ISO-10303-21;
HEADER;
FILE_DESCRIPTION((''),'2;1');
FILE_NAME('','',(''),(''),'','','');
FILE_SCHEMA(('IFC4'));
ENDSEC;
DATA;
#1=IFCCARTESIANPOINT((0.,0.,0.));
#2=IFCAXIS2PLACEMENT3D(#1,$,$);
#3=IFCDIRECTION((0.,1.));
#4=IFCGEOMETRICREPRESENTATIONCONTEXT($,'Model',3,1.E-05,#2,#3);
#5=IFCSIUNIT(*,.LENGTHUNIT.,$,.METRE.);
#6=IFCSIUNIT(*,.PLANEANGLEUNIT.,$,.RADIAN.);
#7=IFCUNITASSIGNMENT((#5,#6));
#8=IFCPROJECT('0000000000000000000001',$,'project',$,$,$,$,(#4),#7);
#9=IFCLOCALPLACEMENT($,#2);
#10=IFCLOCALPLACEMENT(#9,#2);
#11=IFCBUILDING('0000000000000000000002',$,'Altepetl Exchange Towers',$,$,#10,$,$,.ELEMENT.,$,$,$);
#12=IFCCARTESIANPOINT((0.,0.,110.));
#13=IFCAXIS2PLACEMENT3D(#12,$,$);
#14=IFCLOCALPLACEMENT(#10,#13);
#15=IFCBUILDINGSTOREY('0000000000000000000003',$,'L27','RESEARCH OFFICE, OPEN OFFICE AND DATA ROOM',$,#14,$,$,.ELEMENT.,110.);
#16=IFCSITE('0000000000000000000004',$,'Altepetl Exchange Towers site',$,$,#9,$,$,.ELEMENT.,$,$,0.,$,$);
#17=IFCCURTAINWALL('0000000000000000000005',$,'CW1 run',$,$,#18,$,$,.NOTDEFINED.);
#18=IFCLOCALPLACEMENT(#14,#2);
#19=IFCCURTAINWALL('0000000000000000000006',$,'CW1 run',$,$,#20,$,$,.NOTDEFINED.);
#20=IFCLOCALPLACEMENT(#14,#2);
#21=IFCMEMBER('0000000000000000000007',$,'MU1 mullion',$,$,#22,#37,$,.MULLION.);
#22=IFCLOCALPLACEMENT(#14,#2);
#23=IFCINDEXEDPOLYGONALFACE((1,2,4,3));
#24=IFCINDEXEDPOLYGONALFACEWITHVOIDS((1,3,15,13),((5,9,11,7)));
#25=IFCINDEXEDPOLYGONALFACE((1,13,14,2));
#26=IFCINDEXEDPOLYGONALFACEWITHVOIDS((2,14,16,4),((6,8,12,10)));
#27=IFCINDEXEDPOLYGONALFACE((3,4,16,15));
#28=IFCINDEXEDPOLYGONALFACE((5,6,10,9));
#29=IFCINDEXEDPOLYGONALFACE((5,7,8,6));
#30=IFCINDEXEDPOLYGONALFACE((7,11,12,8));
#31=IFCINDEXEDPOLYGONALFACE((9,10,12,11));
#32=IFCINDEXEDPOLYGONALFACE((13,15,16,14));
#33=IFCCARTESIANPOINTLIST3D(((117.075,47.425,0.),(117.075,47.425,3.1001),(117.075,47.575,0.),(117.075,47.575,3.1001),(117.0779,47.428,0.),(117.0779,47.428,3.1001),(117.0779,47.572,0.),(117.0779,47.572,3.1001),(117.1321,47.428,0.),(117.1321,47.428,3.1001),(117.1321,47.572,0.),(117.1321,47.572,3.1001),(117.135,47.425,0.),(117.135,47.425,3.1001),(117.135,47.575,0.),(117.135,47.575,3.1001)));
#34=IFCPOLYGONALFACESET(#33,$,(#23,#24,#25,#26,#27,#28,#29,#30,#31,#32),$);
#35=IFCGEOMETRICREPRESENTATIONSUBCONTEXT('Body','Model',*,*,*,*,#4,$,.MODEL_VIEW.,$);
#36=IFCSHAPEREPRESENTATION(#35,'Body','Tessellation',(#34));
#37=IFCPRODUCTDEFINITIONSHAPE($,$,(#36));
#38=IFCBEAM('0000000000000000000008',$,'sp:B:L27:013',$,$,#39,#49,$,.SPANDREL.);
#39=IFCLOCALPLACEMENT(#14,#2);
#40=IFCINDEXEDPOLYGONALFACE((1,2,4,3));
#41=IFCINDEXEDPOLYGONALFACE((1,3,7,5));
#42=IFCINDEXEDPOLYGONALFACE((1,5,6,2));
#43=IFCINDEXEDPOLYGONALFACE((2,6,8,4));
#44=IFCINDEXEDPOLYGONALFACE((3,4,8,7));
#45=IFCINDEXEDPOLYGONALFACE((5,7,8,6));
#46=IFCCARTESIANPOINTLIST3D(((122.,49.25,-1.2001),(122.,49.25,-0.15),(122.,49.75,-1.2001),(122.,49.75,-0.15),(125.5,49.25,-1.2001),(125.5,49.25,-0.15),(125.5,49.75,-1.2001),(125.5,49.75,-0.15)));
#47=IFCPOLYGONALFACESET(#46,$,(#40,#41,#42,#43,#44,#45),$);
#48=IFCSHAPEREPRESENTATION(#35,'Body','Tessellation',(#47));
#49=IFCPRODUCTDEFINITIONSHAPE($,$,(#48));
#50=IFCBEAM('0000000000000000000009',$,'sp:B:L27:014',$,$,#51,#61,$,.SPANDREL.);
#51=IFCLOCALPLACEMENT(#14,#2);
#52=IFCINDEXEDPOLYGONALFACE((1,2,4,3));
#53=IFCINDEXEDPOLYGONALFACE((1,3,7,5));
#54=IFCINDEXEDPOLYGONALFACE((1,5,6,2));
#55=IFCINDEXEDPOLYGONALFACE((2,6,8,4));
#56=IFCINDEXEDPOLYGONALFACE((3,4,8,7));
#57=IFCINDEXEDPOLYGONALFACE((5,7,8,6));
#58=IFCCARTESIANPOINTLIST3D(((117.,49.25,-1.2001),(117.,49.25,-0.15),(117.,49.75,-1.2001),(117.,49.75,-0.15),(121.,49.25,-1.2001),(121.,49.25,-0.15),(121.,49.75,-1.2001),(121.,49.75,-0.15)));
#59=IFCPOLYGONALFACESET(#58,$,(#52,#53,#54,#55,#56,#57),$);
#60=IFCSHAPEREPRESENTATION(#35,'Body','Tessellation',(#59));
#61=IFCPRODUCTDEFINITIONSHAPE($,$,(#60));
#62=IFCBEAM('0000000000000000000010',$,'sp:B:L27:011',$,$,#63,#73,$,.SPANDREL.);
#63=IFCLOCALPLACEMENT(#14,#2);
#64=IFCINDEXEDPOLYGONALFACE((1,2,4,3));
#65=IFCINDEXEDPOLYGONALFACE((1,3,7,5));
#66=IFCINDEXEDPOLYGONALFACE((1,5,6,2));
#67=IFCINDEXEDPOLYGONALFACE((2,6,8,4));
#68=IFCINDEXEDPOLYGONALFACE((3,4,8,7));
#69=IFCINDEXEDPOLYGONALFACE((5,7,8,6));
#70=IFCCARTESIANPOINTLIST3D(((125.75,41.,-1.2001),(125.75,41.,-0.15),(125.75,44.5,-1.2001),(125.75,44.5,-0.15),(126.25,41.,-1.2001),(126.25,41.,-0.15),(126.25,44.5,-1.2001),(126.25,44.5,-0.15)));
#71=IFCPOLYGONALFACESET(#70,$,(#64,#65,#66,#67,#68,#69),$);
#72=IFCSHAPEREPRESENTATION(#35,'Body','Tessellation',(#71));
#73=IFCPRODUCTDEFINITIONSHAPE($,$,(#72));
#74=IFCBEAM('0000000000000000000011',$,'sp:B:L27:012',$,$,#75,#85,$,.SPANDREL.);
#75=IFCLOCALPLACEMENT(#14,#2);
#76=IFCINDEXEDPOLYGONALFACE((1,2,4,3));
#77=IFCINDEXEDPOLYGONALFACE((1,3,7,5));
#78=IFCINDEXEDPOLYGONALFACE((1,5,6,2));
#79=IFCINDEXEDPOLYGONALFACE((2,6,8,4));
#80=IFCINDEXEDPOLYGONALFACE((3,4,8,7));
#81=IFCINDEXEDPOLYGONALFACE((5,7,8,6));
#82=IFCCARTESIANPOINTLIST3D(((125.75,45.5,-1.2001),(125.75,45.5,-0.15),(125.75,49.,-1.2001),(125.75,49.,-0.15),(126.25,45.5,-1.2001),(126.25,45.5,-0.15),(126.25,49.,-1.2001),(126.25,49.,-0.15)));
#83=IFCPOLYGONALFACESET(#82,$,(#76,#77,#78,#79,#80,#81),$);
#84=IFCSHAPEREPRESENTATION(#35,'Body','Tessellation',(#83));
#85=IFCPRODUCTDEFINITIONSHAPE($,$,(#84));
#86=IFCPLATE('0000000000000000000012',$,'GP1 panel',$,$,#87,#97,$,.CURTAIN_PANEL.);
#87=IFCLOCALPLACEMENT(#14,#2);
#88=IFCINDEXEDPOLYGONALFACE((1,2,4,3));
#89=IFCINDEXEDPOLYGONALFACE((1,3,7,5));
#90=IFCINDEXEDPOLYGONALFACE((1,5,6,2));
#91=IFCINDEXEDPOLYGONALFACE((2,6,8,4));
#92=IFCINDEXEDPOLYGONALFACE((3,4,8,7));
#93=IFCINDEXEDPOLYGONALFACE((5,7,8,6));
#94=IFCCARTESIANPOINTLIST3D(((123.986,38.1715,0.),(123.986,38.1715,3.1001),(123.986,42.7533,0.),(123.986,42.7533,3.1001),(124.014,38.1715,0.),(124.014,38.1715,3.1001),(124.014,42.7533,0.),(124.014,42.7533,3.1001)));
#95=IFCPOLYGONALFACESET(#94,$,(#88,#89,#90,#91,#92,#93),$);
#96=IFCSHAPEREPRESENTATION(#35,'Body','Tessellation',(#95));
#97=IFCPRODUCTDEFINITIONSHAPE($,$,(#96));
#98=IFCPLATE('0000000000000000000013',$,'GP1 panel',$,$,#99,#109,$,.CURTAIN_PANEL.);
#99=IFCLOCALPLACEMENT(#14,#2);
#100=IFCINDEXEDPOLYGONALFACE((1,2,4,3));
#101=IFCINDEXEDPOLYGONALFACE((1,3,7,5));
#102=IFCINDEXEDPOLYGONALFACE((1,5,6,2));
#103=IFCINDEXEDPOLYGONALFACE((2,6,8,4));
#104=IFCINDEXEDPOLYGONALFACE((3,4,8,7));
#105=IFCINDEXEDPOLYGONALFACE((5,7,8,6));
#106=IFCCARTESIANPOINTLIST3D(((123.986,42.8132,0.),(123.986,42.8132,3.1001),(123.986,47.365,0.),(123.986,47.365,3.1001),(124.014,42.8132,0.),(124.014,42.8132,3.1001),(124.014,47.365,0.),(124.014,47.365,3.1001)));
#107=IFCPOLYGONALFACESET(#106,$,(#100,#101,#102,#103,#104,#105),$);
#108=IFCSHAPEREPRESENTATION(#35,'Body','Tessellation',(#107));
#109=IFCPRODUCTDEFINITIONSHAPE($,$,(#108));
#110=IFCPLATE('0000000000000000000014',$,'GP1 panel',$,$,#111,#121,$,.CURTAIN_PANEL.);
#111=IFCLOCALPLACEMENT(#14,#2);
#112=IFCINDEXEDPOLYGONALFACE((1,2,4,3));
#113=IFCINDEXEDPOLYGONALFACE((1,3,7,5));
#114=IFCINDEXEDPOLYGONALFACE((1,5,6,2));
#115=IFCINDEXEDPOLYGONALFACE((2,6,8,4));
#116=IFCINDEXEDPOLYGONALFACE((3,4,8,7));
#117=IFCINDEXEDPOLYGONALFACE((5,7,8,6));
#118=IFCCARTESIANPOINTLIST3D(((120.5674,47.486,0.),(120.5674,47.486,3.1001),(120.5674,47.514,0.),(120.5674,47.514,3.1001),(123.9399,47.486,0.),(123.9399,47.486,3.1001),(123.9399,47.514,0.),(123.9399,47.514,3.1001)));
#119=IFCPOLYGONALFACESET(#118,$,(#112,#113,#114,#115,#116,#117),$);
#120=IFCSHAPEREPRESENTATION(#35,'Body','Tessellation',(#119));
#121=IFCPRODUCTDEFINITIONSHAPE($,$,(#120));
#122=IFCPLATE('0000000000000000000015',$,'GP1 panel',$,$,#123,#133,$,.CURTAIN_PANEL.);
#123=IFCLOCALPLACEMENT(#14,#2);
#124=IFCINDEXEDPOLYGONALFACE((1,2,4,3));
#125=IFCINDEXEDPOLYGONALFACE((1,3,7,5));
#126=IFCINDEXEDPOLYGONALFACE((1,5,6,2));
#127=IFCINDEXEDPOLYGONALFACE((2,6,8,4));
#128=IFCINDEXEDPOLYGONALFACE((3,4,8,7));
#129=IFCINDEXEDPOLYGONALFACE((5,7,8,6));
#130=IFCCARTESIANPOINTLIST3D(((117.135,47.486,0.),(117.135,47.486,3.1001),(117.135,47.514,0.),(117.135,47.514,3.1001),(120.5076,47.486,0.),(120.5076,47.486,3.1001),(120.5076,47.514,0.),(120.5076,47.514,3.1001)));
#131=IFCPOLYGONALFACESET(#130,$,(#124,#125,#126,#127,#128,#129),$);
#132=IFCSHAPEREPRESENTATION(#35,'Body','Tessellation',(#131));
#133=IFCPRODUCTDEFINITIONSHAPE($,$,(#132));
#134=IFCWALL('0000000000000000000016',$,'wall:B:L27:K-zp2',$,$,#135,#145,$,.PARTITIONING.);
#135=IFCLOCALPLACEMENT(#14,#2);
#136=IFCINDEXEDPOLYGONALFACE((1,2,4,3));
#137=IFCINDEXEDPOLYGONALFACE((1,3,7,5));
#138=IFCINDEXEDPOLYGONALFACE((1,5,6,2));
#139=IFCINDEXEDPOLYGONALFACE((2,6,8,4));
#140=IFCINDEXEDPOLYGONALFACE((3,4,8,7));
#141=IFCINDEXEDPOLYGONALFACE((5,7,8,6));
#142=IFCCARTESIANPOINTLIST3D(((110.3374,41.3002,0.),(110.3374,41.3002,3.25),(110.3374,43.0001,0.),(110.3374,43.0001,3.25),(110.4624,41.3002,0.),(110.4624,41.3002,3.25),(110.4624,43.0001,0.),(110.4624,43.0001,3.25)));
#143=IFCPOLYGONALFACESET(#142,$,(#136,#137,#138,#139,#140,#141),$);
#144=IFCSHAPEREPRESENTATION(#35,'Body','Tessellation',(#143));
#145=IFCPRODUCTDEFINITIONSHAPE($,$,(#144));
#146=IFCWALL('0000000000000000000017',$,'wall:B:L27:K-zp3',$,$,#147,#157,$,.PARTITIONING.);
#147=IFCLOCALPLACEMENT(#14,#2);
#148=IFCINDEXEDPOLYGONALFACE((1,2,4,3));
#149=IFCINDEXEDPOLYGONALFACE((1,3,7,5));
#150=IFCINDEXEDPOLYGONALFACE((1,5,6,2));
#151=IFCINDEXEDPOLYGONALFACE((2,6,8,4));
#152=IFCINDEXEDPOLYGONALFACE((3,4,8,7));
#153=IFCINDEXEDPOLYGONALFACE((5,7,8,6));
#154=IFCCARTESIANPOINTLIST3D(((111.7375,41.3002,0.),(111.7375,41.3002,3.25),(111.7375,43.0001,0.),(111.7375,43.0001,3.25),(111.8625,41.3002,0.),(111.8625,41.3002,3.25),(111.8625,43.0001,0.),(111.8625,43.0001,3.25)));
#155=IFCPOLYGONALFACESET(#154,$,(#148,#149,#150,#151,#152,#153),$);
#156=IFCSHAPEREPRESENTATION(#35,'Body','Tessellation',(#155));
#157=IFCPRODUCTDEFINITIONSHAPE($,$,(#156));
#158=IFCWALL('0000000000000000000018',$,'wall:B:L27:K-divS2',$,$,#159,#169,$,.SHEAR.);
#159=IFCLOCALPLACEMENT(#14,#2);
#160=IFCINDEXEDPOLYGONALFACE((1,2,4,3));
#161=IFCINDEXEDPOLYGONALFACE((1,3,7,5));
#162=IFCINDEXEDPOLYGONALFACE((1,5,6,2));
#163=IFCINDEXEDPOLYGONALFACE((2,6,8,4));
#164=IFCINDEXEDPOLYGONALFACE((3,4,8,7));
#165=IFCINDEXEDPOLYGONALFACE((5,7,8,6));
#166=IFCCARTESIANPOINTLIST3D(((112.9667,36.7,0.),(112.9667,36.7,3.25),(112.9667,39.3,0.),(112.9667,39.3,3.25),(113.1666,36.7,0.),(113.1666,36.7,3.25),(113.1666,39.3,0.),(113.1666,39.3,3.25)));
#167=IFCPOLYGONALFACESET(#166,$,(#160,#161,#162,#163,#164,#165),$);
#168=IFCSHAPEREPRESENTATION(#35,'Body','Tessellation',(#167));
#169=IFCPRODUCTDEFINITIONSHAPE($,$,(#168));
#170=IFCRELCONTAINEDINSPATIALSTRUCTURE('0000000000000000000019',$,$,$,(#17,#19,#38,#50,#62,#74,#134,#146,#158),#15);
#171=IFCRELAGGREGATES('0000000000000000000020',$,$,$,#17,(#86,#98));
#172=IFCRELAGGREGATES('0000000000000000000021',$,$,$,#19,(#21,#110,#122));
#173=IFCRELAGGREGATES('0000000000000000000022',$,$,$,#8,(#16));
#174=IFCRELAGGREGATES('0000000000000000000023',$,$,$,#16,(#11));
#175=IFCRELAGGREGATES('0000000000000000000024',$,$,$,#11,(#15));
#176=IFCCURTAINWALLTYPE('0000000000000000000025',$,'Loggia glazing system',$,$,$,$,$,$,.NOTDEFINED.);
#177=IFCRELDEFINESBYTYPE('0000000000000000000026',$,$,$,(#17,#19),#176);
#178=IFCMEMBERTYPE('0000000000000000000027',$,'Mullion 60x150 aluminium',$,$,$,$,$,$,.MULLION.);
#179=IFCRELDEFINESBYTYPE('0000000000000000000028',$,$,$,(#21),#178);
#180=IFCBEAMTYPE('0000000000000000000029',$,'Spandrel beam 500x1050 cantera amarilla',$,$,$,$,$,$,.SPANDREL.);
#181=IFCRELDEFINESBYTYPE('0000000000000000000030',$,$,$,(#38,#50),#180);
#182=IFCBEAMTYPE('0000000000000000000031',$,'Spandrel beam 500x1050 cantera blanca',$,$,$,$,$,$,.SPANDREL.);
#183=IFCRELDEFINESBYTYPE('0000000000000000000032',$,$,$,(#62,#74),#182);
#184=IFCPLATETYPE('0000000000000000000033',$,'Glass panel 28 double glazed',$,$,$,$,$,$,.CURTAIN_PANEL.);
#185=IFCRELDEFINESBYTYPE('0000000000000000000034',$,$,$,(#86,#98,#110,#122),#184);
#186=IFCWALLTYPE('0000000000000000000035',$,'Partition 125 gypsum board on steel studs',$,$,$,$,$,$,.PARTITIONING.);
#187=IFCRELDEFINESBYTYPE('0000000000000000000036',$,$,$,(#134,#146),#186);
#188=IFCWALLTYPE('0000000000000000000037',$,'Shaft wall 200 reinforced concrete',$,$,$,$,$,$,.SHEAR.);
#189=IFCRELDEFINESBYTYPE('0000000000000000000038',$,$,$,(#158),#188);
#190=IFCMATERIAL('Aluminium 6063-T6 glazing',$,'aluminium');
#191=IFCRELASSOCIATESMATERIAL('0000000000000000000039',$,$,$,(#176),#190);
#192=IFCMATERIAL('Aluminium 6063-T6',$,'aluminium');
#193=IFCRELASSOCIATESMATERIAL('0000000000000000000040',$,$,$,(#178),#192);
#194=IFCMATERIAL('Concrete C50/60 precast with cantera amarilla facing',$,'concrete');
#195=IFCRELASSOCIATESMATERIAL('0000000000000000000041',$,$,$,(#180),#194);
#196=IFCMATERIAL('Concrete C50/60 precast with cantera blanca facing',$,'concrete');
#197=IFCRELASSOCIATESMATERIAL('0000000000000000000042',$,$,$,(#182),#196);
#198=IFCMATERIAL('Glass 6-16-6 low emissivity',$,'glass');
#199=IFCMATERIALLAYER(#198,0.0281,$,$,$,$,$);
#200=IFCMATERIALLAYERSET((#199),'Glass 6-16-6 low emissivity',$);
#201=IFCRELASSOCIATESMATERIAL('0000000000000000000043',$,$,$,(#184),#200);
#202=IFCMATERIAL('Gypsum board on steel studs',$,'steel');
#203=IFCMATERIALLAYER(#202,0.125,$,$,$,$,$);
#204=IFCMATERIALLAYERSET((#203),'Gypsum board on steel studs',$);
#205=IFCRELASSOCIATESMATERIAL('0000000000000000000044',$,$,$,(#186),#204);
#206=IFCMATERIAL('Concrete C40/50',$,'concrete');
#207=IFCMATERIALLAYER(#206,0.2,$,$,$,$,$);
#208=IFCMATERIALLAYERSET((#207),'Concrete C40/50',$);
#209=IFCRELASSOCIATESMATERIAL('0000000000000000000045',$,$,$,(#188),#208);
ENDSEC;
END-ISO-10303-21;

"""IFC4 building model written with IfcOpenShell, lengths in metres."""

from ifc_helpers import new_model, si_unit, direction, frame, frame_2d, origin, origin_2d, place, context, subcontext, project, spatial, rectangle, hollow_rectangle, extrude, material, layer, layer_set, material_profile, profile_set, type_object, element, aggregate, save


model = new_model("IFC4")

# Units and contexts
model_context = context("Model", 3, precision=1e-05, world=origin(), true_north=direction((0.0, 1.0)))
body_context = subcontext(model_context, "Body", "Model", "MODEL_VIEW")
ifc_project = project(units=[si_unit("LENGTHUNIT", "METRE"), si_unit("PLANEANGLEUNIT", "RADIAN")], contexts=[model_context])

# Site, building, storey
site_placement = place(None, origin())
site = spatial("IfcSite", under=ifc_project, at=site_placement, Name="Altepetl Exchange Towers site", CompositionType="ELEMENT", RefElevation=0.0)
building_placement = place(site_placement, origin())
building = spatial("IfcBuilding", under=site, at=building_placement, Name="Altepetl Exchange Towers", CompositionType="ELEMENT")
storey_placement = place(building_placement, frame((0.0, 0.0, 110.0)))
storey = spatial("IfcBuildingStorey", under=building, at=storey_placement, Name="L27", Description="RESEARCH OFFICE, OPEN OFFICE AND DATA ROOM", CompositionType="ELEMENT", Elevation=110.0)

# Curtain walls, member
ifc_material_1 = material(Name="Aluminium 6063-T6 glazing", Category="aluminium")
curtain_wall_type = type_object("IfcCurtainWallType", Name="Loggia glazing system", PredefinedType="NOTDEFINED", material=ifc_material_1)
curtain_wall_1_placement = place(storey_placement, origin())
curtain_wall_1 = element("IfcCurtainWall", 1, at=curtain_wall_1_placement, inside=storey, type_object=curtain_wall_type, Name="CW1 run", PredefinedType="NOTDEFINED")
ifc_material_2 = material(Name="Aluminium 6063-T6", Category="aluminium")
ifc_material_profile_1 = material_profile(ifc_material_2, hollow_rectangle(XDim=0.0601, YDim=0.1499, WallThickness=0.0029, at=origin_2d()), Name="Mullion 60x150 aluminium")
ifc_profile_set_1 = profile_set([ifc_material_profile_1], Name="Aluminium 6063-T6")
member_type = type_object("IfcMemberType", Name="Mullion 60x150 aluminium", PredefinedType="MULLION", material=ifc_profile_set_1)
curtain_wall_2_placement = place(storey_placement, origin())
curtain_wall_2 = element("IfcCurtainWall", 2, at=curtain_wall_2_placement, inside=storey, type_object=curtain_wall_type, Name="CW1 run", PredefinedType="NOTDEFINED")
member_1_placement = place(storey_placement, frame((117.105, 47.5, 0.0), z_axis=(0.0, 0.0, 1.0), x_axis=(-1.0, 0.0, 0.0)))
member_1 = element("IfcMember", 3, at=member_1_placement, type_object=member_type, Name="MU1 mullion", PredefinedType="MULLION", context=body_context, shape_type="SweptSolid", body=[
    extrude(hollow_rectangle(XDim=0.0601, YDim=0.1499, WallThickness=0.0029, at=origin_2d()), origin(), (0.0, 0.0, 1.0), 3.1001),
])

# Beams
ifc_material_3 = material(Name="Concrete C50/60 precast with cantera amarilla facing", Category="concrete")
ifc_material_profile_2 = material_profile(ifc_material_3, rectangle(XDim=0.5, YDim=1.05, at=origin_2d()), Name="500 x 1050")
ifc_profile_set_2 = profile_set([ifc_material_profile_2], Name="Concrete C50/60 precast with cantera amarilla facing")
beam_type_1 = type_object("IfcBeamType", Name="Spandrel beam 500x1050 cantera amarilla", PredefinedType="SPANDREL", material=ifc_profile_set_2)
beam_1_placement = place(storey_placement, frame((125.5, 49.5, -0.675), z_axis=(-1.0, 0.0, 0.0), x_axis=(0.0, -1.0, 0.0)))
element("IfcBeam", 4, at=beam_1_placement, inside=storey, type_object=beam_type_1, Name="sp:B:L27:013", PredefinedType="SPANDREL", context=body_context, shape_type="SweptSolid", body=[
    extrude(rectangle(XDim=0.5, YDim=1.05, at=origin_2d()), origin(), (0.0, 0.0, 1.0), 3.5),
])
beam_2_placement = place(storey_placement, frame((121.0, 49.5, -0.675), z_axis=(-1.0, 0.0, 0.0), x_axis=(0.0, -1.0, 0.0)))
element("IfcBeam", 5, at=beam_2_placement, inside=storey, type_object=beam_type_1, Name="sp:B:L27:014", PredefinedType="SPANDREL", context=body_context, shape_type="SweptSolid", body=[
    extrude(rectangle(XDim=0.5, YDim=1.05, at=origin_2d()), origin(), (0.0, 0.0, 1.0), 4.0),
])
ifc_material_4 = material(Name="Concrete C50/60 precast with cantera blanca facing", Category="concrete")
ifc_material_profile_3 = material_profile(ifc_material_4, rectangle(XDim=0.5, YDim=1.05, at=origin_2d()), Name="500 x 1050")
ifc_profile_set_3 = profile_set([ifc_material_profile_3], Name="Concrete C50/60 precast with cantera blanca facing")
beam_type_2 = type_object("IfcBeamType", Name="Spandrel beam 500x1050 cantera blanca", PredefinedType="SPANDREL", material=ifc_profile_set_3)
for number, where, z_axis, x_axis, name in (
    (6, (126.0, 41.0, -0.675), (0.0, 1.0, 0.0), (-1.0, 0.0, 0.0), "sp:B:L27:011"),
    (7, (126.0, 45.5, -0.675), (0.0, 1.0, 0.0), (-1.0, 0.0, 0.0), "sp:B:L27:012"),
):
    element("IfcBeam", number, at=place(storey_placement, frame(where, z_axis=z_axis, x_axis=x_axis)), inside=storey, type_object=beam_type_2, Name=name, PredefinedType="SPANDREL", context=body_context, shape_type="SweptSolid", body=[
        extrude(rectangle(XDim=0.5, YDim=1.05, at=origin_2d()), origin(), (0.0, 0.0, 1.0), 3.5),
    ])

# Plates
ifc_material_5 = material(Name="Glass 6-16-6 low emissivity", Category="glass")
ifc_layer_1 = layer(ifc_material_5, 0.0281)
ifc_layer_set_1 = layer_set([ifc_layer_1], Name="Glass 6-16-6 low emissivity")
plate_type = type_object("IfcPlateType", Name="Glass panel 28 double glazed", PredefinedType="CURTAIN_PANEL", material=ifc_layer_set_1)
plate_1_placement = place(storey_placement, frame((124.0, 40.4624, 0.0), z_axis=(0.0, 0.0, 1.0), x_axis=(0.0, 1.0, 0.0)))
plate_1 = element("IfcPlate", 8, at=plate_1_placement, type_object=plate_type, Name="GP1 panel", PredefinedType="CURTAIN_PANEL", context=body_context, shape_type="SweptSolid", body=[
    extrude(rectangle(XDim=4.5818, YDim=0.0281, at=origin_2d()), origin(), (0.0, 0.0, 1.0), 3.1001),
])
plate_2_placement = place(storey_placement, frame((124.0, 45.0891, 0.0), z_axis=(0.0, 0.0, 1.0), x_axis=(0.0, 1.0, 0.0)))
plate_2 = element("IfcPlate", 9, at=plate_2_placement, type_object=plate_type, Name="GP1 panel", PredefinedType="CURTAIN_PANEL", context=body_context, shape_type="SweptSolid", body=[
    extrude(rectangle(XDim=4.5518, YDim=0.0281, at=origin_2d()), origin(), (0.0, 0.0, 1.0), 3.1001),
])
aggregate(curtain_wall_1, [plate_1, plate_2])
plate_3_placement = place(storey_placement, frame((122.2537, 47.5, 0.0), z_axis=(0.0, 0.0, 1.0), x_axis=(-1.0, 0.0, 0.0)))
plate_3 = element("IfcPlate", 10, at=plate_3_placement, type_object=plate_type, Name="GP1 panel", PredefinedType="CURTAIN_PANEL", context=body_context, shape_type="SweptSolid", body=[
    extrude(rectangle(XDim=3.3726, YDim=0.0281, at=origin_2d()), origin(), (0.0, 0.0, 1.0), 3.1001),
])
plate_4_placement = place(storey_placement, frame((118.8213, 47.5, 0.0), z_axis=(0.0, 0.0, 1.0), x_axis=(-1.0, 0.0, 0.0)))
plate_4 = element("IfcPlate", 11, at=plate_4_placement, type_object=plate_type, Name="GP1 panel", PredefinedType="CURTAIN_PANEL", context=body_context, shape_type="SweptSolid", body=[
    extrude(rectangle(XDim=3.3726, YDim=0.0281, at=origin_2d()), origin(), (0.0, 0.0, 1.0), 3.1001),
])
aggregate(curtain_wall_2, [member_1, plate_3, plate_4])

# Walls
ifc_material_6 = material(Name="Gypsum board on steel studs", Category="steel")
ifc_layer_2 = layer(ifc_material_6, 0.125)
ifc_layer_set_2 = layer_set([ifc_layer_2], Name="Gypsum board on steel studs")
wall_type_1 = type_object("IfcWallType", Name="Partition 125 gypsum board on steel studs", PredefinedType="PARTITIONING", material=ifc_layer_set_2)
for number, where, z_axis, x_axis, name in (
    (12, (110.3999, 41.3, 0.0), (0.0, 0.0, 1.0), (0.0, 1.0, 0.0), "wall:B:L27:K-zp2"),
    (13, (111.8, 41.3, 0.0), (0.0, 0.0, 1.0), (0.0, 1.0, 0.0), "wall:B:L27:K-zp3"),
):
    element("IfcWall", number, at=place(storey_placement, frame(where, z_axis=z_axis, x_axis=x_axis)), inside=storey, type_object=wall_type_1, Name=name, PredefinedType="PARTITIONING", context=body_context, shape_type="SweptSolid", body=[
        extrude(rectangle(XDim=1.7, YDim=0.125, at=frame_2d((0.8501, 0.0))), origin(), (0.0, 0.0, 1.0), 3.25),
    ])
ifc_material_7 = material(Name="Concrete C40/50", Category="concrete")
ifc_layer_3 = layer(ifc_material_7, 0.2)
ifc_layer_set_3 = layer_set([ifc_layer_3], Name="Concrete C40/50")
wall_type_2 = type_object("IfcWallType", Name="Shaft wall 200 reinforced concrete", PredefinedType="SHEAR", material=ifc_layer_set_3)
wall_1_placement = place(storey_placement, frame((113.0667, 36.7, 0.0), z_axis=(0.0, 0.0, 1.0), x_axis=(0.0, 1.0, 0.0)))
element("IfcWall", 14, at=wall_1_placement, inside=storey, type_object=wall_type_2, Name="wall:B:L27:K-divS2", PredefinedType="SHEAR", context=body_context, shape_type="SweptSolid", body=[
    extrude(rectangle(XDim=2.6001, YDim=0.2, at=frame_2d((1.3, 0.0))), origin(), (0.0, 0.0, 1.0), 3.25),
])

save(model, "model.ifc")
